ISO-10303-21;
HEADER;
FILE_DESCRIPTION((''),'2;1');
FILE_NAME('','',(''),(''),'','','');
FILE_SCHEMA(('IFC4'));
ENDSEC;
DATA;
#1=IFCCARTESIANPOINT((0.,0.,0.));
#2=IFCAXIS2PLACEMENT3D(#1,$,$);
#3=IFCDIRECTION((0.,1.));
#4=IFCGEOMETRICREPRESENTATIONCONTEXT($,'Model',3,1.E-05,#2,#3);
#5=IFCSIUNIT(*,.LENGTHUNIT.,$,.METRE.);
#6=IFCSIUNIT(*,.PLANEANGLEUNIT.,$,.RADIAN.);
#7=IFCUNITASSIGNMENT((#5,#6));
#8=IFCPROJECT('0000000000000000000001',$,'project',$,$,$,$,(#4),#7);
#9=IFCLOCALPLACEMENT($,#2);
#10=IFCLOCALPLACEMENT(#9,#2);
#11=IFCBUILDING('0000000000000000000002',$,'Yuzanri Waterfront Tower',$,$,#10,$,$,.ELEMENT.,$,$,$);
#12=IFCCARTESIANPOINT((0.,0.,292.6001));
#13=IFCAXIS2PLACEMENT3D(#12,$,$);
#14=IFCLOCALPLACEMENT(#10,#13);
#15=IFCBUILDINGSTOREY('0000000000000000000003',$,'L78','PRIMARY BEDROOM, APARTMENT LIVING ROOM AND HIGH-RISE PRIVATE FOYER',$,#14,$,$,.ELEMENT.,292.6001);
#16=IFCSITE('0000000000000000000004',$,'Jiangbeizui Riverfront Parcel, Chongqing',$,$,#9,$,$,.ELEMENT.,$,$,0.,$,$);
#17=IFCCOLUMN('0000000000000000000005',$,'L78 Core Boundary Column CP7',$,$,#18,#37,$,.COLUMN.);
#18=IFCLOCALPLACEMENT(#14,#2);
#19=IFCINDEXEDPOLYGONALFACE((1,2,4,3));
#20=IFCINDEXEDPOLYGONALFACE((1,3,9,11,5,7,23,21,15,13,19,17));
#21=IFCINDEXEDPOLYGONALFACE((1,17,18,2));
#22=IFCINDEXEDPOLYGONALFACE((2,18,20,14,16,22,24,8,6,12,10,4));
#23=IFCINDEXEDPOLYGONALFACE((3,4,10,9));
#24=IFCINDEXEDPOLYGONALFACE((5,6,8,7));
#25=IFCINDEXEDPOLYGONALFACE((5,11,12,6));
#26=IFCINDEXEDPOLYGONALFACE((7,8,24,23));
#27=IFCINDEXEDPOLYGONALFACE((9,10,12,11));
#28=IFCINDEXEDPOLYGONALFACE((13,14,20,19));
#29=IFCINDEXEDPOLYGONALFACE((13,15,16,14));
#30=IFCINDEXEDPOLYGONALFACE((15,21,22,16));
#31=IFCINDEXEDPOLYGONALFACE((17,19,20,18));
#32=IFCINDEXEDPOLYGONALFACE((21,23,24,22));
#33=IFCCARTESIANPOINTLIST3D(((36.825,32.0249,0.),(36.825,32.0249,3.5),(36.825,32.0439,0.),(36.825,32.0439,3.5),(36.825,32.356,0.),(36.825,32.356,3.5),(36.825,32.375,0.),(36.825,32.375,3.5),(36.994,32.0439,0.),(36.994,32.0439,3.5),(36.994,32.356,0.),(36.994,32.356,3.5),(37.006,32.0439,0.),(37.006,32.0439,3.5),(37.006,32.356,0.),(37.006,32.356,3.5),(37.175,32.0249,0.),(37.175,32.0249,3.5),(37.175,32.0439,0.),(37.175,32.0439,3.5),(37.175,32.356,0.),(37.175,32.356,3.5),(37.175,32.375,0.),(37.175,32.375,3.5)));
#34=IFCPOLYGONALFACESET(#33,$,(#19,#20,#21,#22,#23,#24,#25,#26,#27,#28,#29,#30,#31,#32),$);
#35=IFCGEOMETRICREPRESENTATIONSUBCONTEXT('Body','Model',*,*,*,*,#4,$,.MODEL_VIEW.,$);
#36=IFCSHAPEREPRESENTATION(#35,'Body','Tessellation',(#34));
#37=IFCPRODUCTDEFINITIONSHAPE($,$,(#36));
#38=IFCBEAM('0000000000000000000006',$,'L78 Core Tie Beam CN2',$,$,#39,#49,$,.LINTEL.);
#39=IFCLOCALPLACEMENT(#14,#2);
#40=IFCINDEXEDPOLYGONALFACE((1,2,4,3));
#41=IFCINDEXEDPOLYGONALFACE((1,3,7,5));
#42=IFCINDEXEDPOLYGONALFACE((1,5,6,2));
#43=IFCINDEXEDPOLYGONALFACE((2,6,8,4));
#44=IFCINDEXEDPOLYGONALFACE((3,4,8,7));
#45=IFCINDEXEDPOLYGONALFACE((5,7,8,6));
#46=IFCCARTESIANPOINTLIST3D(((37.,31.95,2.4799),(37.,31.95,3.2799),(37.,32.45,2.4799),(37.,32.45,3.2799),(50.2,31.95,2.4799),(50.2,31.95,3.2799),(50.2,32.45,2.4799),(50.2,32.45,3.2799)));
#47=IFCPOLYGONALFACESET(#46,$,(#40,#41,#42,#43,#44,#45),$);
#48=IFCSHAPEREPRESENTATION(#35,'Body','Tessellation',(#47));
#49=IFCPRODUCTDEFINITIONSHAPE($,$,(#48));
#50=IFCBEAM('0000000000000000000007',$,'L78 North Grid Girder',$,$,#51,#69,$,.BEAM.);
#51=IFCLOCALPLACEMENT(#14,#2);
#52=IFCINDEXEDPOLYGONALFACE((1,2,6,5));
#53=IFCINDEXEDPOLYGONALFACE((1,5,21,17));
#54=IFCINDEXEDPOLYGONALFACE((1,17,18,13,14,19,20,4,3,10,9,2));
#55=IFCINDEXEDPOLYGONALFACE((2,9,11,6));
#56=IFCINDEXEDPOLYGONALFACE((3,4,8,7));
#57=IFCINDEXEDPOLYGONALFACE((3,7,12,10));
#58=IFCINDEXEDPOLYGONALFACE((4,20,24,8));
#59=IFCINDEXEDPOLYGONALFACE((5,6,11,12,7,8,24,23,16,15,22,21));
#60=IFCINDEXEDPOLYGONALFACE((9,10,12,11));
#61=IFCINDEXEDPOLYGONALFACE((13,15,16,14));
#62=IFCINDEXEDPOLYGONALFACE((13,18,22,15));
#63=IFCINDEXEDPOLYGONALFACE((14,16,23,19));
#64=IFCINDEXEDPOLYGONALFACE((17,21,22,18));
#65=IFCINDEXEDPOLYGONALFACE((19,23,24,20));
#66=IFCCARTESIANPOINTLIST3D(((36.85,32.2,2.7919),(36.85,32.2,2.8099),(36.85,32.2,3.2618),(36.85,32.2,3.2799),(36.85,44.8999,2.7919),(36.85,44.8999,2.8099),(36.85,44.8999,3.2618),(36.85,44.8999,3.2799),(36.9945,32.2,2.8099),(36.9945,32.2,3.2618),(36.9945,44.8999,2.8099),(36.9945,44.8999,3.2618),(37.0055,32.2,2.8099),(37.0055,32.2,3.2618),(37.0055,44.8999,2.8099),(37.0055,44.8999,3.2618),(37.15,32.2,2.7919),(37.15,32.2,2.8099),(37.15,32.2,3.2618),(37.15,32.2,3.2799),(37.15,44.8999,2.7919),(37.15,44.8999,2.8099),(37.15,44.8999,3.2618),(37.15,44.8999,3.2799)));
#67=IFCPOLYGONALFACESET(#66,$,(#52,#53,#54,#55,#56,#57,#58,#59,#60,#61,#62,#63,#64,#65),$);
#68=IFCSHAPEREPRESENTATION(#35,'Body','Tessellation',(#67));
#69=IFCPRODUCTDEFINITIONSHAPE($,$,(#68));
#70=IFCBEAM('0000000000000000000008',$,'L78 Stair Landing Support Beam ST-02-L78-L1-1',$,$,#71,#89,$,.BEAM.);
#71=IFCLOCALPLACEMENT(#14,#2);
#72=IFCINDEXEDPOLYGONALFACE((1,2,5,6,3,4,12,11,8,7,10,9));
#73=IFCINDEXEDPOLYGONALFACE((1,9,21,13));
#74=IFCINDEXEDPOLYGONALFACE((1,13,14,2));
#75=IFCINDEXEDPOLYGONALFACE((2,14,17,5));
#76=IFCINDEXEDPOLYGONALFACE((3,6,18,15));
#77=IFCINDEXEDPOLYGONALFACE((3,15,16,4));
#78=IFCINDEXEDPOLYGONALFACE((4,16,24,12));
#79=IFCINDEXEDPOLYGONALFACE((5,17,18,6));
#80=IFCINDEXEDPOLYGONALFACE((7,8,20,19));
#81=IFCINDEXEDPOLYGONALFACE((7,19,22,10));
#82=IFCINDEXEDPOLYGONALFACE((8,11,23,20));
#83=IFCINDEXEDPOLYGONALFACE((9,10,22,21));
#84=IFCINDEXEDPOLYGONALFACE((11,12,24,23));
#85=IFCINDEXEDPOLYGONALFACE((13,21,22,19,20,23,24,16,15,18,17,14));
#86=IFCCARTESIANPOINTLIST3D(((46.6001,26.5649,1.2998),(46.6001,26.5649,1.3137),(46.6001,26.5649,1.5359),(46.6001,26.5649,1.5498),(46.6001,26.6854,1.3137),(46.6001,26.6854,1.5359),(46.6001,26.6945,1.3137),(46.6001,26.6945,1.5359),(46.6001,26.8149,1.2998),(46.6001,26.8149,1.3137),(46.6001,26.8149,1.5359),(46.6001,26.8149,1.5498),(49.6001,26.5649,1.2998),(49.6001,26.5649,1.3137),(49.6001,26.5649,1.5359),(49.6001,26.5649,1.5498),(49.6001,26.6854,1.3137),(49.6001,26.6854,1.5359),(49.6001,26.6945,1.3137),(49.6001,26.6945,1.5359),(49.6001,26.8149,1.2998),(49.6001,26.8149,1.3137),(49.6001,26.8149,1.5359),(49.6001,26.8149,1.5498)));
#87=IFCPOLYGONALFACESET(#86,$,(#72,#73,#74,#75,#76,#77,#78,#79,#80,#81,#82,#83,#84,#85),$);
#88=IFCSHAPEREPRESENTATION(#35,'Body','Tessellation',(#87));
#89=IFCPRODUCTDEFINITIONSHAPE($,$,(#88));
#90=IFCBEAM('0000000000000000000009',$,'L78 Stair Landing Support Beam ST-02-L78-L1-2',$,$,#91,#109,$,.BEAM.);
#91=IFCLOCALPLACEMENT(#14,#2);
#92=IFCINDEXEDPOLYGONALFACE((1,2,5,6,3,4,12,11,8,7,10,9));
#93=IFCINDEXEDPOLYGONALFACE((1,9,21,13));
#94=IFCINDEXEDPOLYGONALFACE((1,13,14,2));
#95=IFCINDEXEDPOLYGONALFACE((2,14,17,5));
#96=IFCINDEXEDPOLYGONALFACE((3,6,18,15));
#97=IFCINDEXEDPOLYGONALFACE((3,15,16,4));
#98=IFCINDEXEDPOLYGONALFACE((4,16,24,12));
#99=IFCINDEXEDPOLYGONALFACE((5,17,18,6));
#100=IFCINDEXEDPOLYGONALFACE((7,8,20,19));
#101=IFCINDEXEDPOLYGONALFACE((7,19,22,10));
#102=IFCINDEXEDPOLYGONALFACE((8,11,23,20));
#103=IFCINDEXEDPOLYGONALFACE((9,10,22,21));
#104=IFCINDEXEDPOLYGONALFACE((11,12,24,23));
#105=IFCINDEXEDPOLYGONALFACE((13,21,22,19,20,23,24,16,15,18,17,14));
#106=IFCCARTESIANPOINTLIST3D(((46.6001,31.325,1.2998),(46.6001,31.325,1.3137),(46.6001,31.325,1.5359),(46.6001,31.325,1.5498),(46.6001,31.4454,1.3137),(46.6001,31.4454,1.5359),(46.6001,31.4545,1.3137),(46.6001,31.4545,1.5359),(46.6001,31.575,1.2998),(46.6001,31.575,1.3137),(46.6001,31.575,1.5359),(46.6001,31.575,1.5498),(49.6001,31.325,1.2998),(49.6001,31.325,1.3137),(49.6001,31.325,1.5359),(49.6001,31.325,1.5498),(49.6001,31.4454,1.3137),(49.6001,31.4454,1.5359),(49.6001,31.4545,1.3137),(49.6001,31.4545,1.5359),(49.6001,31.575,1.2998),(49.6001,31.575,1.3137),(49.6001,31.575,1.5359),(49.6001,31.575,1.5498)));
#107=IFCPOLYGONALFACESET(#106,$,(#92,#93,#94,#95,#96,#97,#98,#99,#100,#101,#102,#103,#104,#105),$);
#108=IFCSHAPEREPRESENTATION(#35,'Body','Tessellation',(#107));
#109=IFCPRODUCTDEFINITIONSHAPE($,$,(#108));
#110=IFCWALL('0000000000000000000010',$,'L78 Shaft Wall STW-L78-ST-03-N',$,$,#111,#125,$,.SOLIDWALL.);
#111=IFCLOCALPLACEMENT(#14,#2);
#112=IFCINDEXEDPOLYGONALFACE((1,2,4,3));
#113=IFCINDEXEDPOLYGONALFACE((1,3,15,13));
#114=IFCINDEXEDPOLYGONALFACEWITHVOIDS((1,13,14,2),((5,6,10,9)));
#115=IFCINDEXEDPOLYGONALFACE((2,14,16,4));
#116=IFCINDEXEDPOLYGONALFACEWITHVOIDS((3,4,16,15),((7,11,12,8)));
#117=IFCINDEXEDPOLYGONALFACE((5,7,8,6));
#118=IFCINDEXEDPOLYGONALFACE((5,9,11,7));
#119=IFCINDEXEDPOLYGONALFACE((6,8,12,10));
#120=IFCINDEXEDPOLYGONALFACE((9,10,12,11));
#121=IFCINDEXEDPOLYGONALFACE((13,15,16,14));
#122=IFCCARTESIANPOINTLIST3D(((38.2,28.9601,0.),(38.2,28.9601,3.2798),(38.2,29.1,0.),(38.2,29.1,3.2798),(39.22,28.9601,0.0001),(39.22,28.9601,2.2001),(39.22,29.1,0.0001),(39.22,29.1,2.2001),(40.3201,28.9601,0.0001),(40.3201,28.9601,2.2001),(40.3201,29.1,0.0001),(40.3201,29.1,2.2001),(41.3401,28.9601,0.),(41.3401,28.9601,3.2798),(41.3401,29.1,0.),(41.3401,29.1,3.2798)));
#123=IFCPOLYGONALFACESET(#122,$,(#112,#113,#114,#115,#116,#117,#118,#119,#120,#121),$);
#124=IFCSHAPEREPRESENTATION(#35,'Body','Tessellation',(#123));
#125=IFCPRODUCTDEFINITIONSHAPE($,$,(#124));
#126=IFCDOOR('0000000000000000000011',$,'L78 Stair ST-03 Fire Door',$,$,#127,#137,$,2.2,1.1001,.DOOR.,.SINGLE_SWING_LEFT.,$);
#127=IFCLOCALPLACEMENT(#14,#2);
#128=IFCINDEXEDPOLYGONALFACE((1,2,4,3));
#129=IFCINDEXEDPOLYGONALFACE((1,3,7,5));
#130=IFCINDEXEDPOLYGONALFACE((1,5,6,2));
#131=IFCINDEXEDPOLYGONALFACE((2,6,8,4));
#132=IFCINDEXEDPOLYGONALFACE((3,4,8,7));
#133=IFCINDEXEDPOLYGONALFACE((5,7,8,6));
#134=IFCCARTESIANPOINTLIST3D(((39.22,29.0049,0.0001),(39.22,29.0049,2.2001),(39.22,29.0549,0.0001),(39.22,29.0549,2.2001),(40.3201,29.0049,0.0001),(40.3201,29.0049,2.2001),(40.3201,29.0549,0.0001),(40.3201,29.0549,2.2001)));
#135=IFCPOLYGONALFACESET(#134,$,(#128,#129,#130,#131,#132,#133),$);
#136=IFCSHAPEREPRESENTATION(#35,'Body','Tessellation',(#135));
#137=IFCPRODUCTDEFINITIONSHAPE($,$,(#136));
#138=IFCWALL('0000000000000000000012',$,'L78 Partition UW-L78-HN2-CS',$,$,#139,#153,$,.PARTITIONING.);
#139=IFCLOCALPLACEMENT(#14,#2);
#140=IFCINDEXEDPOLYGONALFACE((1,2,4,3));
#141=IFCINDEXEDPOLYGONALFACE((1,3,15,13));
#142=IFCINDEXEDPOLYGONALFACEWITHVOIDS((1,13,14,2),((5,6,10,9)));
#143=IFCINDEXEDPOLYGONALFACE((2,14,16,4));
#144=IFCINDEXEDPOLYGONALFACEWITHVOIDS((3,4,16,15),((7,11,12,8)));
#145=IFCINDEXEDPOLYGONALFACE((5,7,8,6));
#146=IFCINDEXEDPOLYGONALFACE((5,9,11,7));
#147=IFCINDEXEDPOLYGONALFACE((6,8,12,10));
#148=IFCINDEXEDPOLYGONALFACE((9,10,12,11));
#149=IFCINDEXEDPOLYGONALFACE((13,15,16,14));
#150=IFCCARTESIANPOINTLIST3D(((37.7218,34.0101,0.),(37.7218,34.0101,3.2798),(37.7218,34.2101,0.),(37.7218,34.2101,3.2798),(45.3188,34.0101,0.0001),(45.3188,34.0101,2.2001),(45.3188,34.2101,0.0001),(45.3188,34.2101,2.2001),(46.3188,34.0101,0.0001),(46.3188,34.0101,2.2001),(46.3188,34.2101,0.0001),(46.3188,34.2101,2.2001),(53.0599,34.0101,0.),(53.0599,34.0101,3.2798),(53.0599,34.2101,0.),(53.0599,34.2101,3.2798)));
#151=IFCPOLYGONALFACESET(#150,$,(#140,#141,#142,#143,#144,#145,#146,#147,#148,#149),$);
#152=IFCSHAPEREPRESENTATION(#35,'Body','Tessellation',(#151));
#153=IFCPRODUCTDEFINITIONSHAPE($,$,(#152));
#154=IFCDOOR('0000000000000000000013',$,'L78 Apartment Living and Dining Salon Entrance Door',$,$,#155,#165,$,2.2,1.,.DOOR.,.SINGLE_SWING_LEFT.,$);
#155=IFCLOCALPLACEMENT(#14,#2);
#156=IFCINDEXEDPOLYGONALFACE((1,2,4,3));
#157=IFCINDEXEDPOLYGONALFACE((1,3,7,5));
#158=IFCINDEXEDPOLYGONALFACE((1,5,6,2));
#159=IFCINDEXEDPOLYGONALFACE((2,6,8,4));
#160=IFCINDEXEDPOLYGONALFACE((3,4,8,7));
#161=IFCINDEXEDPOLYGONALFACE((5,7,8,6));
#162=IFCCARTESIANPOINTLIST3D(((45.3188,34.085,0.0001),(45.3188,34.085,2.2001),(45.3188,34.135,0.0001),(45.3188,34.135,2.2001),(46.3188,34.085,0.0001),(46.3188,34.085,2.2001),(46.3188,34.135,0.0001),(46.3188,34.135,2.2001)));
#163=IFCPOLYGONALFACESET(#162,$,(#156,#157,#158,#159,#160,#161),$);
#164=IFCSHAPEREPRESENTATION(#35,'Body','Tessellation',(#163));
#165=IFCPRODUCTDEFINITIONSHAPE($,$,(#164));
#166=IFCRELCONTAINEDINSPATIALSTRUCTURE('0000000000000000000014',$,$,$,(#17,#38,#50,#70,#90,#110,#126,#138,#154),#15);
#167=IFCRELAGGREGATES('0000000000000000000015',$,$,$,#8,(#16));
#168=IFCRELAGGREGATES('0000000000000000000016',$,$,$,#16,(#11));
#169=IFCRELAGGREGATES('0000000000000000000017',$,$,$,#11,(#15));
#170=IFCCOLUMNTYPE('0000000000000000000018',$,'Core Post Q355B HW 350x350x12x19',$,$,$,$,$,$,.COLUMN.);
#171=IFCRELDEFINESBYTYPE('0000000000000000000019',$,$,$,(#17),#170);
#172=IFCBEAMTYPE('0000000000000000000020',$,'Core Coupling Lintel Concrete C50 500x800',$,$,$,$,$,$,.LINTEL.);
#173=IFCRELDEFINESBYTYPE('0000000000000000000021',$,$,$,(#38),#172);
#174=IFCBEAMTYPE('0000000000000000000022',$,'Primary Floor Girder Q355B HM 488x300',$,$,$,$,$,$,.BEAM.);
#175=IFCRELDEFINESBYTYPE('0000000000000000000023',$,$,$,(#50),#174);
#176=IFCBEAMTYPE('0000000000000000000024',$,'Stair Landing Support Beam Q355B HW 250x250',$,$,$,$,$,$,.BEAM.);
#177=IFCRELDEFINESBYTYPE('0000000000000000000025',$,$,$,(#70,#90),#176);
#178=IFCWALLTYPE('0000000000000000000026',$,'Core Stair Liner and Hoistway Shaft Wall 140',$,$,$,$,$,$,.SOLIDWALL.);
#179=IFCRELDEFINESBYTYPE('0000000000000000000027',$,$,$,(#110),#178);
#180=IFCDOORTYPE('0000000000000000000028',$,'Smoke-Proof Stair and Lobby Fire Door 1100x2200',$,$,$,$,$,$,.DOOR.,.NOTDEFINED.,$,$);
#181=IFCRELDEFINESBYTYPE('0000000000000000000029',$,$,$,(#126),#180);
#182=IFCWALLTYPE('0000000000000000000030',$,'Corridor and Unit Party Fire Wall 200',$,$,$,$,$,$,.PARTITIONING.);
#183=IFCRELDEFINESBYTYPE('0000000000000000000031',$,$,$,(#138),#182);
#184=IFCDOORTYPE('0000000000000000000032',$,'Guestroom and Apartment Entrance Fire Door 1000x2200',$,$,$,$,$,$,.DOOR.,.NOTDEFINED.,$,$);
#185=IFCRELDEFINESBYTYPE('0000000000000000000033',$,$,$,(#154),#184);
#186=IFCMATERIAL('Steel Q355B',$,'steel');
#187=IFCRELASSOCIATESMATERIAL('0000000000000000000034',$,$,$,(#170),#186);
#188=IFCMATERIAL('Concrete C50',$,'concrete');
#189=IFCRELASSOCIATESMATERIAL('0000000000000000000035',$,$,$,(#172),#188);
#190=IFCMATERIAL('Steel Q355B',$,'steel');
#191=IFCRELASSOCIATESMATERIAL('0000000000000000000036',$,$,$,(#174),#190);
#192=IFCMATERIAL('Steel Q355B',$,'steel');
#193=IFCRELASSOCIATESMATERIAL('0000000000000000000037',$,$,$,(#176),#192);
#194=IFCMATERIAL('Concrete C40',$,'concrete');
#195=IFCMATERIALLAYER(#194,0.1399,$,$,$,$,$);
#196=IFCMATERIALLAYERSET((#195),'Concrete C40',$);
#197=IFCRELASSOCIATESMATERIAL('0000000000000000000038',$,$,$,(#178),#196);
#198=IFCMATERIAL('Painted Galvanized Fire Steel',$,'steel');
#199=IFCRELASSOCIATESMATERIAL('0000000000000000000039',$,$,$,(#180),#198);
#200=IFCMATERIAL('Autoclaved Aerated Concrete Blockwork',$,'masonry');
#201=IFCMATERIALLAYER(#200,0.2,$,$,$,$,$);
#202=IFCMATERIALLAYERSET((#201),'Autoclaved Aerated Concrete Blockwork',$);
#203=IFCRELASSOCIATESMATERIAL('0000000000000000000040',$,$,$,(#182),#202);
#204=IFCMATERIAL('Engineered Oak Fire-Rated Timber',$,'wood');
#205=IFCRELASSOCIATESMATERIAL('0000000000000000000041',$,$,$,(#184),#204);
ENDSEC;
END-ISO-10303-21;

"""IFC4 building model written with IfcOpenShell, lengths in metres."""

from ifc_helpers import new_model, si_unit, direction, frame, frame_2d, origin, origin_2d, place, context, subcontext, project, spatial, rectangle, i_section, extrude, source, transform, mapped, material, layer, layer_set, material_profile, profile_set, type_object, element, fill, save


model = new_model("IFC4")

# Units and contexts
model_context = context("Model", 3, precision=1e-05, world=origin(), true_north=direction((0.0, 1.0)))
body_context = subcontext(model_context, "Body", "Model", "MODEL_VIEW")
ifc_project = project(units=[si_unit("LENGTHUNIT", "METRE"), si_unit("PLANEANGLEUNIT", "RADIAN")], contexts=[model_context])

# Site, building, storey
site_placement = place(None, origin())
site = spatial("IfcSite", under=ifc_project, at=site_placement, Name="Jiangbeizui Riverfront Parcel, Chongqing", CompositionType="ELEMENT", RefElevation=0.0)
building_placement = place(site_placement, origin())
building = spatial("IfcBuilding", under=site, at=building_placement, Name="Yuzanri Waterfront Tower", CompositionType="ELEMENT")
storey_placement = place(building_placement, frame((0.0, 0.0, 292.6001)))
storey = spatial("IfcBuildingStorey", under=building, at=storey_placement, Name="L78", Description="PRIMARY BEDROOM, APARTMENT LIVING ROOM AND HIGH-RISE PRIVATE FOYER", CompositionType="ELEMENT", Elevation=292.6001)

# Column
ifc_material_1 = material(Name="Steel Q355B", Category="steel")
ifc_material_profile_1 = material_profile(ifc_material_1, i_section(OverallWidth=0.3501, OverallDepth=0.3501, WebThickness=0.012, FlangeThickness=0.019, at=origin_2d()), Name="HW 350x350x12x19")
ifc_profile_set_1 = profile_set([ifc_material_profile_1], Name="Steel Q355B")
column_type = type_object("IfcColumnType", Name="Core Post Q355B HW 350x350x12x19", PredefinedType="COLUMN", material=ifc_profile_set_1)
shared_shape_1 = source(origin(), body_context, "Body", "SweptSolid", [
    extrude(i_section(OverallWidth=0.3501, OverallDepth=0.3501, WebThickness=0.012, FlangeThickness=0.019, at=origin_2d()), origin(), (0.0, 0.0, 1.0), 3.5),
])
column_placement = place(storey_placement, frame((37.0, 32.2, 0.0), z_axis=(0.0, 0.0, 1.0), x_axis=(1.0, 0.0, 0.0)))
element("IfcColumn", 1, at=column_placement, inside=storey, type_object=column_type, Name="L78 Core Boundary Column CP7", PredefinedType="COLUMN", context=body_context, shape_type="MappedRepresentation", body=[
    mapped(shared_shape_1, transform((0.0, 0.0, 0.0), scale=1.0)),
])

# Beams
ifc_material_2 = material(Name="Concrete C50", Category="concrete")
ifc_material_profile_2 = material_profile(ifc_material_2, rectangle(XDim=0.5, YDim=0.8, at=origin_2d()), Name="RC 500x800")
ifc_profile_set_2 = profile_set([ifc_material_profile_2], Name="Concrete C50")
beam_type_1 = type_object("IfcBeamType", Name="Core Coupling Lintel Concrete C50 500x800", PredefinedType="LINTEL", material=ifc_profile_set_2)
shared_shape_2 = source(origin(), body_context, "Body", "SweptSolid", [
    extrude(rectangle(XDim=0.5, YDim=0.8, at=origin_2d()), origin(), (0.0, 0.0, 1.0), 13.2),
])
beam_1_placement = place(storey_placement, frame((37.0, 32.2, 2.8799), z_axis=(1.0, 0.0, 0.0), x_axis=(0.0, 1.0, 0.0)))
element("IfcBeam", 2, at=beam_1_placement, inside=storey, type_object=beam_type_1, Name="L78 Core Tie Beam CN2", PredefinedType="LINTEL", context=body_context, shape_type="MappedRepresentation", body=[
    mapped(shared_shape_2, transform((0.0, 0.0, 0.0), scale=1.0)),
])
ifc_material_3 = material(Name="Steel Q355B", Category="steel")
ifc_material_profile_3 = material_profile(ifc_material_3, i_section(OverallWidth=0.3, OverallDepth=0.488, WebThickness=0.011, FlangeThickness=0.0181, at=origin_2d()), Name="HM 488x300x11x18")
ifc_profile_set_3 = profile_set([ifc_material_profile_3], Name="Steel Q355B")
beam_type_2 = type_object("IfcBeamType", Name="Primary Floor Girder Q355B HM 488x300", PredefinedType="BEAM", material=ifc_profile_set_3)
shared_shape_3 = source(origin(), body_context, "Body", "SweptSolid", [
    extrude(i_section(OverallWidth=0.3, OverallDepth=0.488, WebThickness=0.011, FlangeThickness=0.0181, at=origin_2d()), origin(), (0.0, 0.0, 1.0), 12.7),
])
beam_2_placement = place(storey_placement, frame((37.0, 32.2, 3.0359), z_axis=(0.0, 1.0, 0.0), x_axis=(-1.0, 0.0, 0.0)))
element("IfcBeam", 3, at=beam_2_placement, inside=storey, type_object=beam_type_2, Name="L78 North Grid Girder", PredefinedType="BEAM", context=body_context, shape_type="MappedRepresentation", body=[
    mapped(shared_shape_3, transform((0.0, 0.0, 0.0), scale=1.0)),
])
ifc_material_4 = material(Name="Steel Q355B", Category="steel")
ifc_material_profile_4 = material_profile(ifc_material_4, i_section(OverallWidth=0.25, OverallDepth=0.25, WebThickness=0.009, FlangeThickness=0.0139, at=origin_2d()), Name="HW 250x250x9x14")
ifc_profile_set_4 = profile_set([ifc_material_profile_4], Name="Steel Q355B")
beam_type_3 = type_object("IfcBeamType", Name="Stair Landing Support Beam Q355B HW 250x250", PredefinedType="BEAM", material=ifc_profile_set_4)
shared_shape_4 = source(origin(), body_context, "Body", "SweptSolid", [
    extrude(i_section(OverallWidth=0.25, OverallDepth=0.25, WebThickness=0.009, FlangeThickness=0.0139, at=origin_2d()), origin(), (0.0, 0.0, 1.0), 3.0),
])
for number, where, z_axis, x_axis, name in (
    (4, (46.6001, 26.6899, 1.4248), (1.0, 0.0, 0.0), (0.0, 1.0, 0.0), "L78 Stair Landing Support Beam ST-02-L78-L1-1"),
    (5, (46.6001, 31.45, 1.4248), (1.0, 0.0, 0.0), (0.0, 1.0, 0.0), "L78 Stair Landing Support Beam ST-02-L78-L1-2"),
):
    element("IfcBeam", number, at=place(storey_placement, frame(where, z_axis=z_axis, x_axis=x_axis)), inside=storey, type_object=beam_type_3, Name=name, PredefinedType="BEAM", context=body_context, shape_type="MappedRepresentation", body=[
        mapped(shared_shape_4, transform((0.0, 0.0, 0.0), scale=1.0)),
    ])

# Walls, openings, doors
ifc_material_5 = material(Name="Concrete C40", Category="concrete")
ifc_layer_1 = layer(ifc_material_5, 0.1399)
ifc_layer_set_1 = layer_set([ifc_layer_1], Name="Concrete C40")
wall_type_1 = type_object("IfcWallType", Name="Core Stair Liner and Hoistway Shaft Wall 140", PredefinedType="SOLIDWALL", material=ifc_layer_set_1)
wall_1_placement = place(storey_placement, frame((38.2, 29.03, 0.0), z_axis=(0.0, 0.0, 1.0), x_axis=(1.0, 0.0, 0.0)))
wall_1 = element("IfcWall", 6, at=wall_1_placement, inside=storey, type_object=wall_type_1, Name="L78 Shaft Wall STW-L78-ST-03-N", PredefinedType="SOLIDWALL", context=body_context, shape_type="SweptSolid", body=[
    extrude(rectangle(XDim=3.1401, YDim=0.1399, at=frame_2d((1.5701, 0.0))), origin(), (0.0, 0.0, 1.0), 3.2798),
])
opening_1_placement = place(wall_1_placement, frame((1.02, 0.0, 0.0)))
opening_1 = element("IfcOpeningElement", 7, at=opening_1_placement, cuts=wall_1, PredefinedType="OPENING", context=body_context, shape_type="SweptSolid", body=[
    extrude(rectangle(XDim=1.1001, YDim=2.2, at=frame_2d((0.55, 1.1001))), frame((0.0, 0.085, 0.0), z_axis=(0.0, -1.0, 0.0), x_axis=(1.0, 0.0, 0.0)), (0.0, 0.0, 1.0), 0.1697),
])
ifc_material_6 = material(Name="Painted Galvanized Fire Steel", Category="steel")
door_type_1 = type_object("IfcDoorType", Name="Smoke-Proof Stair and Lobby Fire Door 1100x2200", OperationType="NOTDEFINED", PredefinedType="DOOR", material=ifc_material_6)
shared_shape_5 = source(origin(), body_context, "Body", "SweptSolid", [
    extrude(rectangle(XDim=1.1001, YDim=2.2, at=frame_2d((0.55, 1.1001))), frame((0.0, 0.0249, 0.0), z_axis=(0.0, -1.0, 0.0), x_axis=(1.0, 0.0, 0.0)), (0.0, 0.0, 1.0), 0.05),
])
door_1_placement = place(opening_1_placement, origin())
door_1 = element("IfcDoor", 8, at=door_1_placement, inside=storey, type_object=door_type_1, Name="L78 Stair ST-03 Fire Door", OperationType="SINGLE_SWING_LEFT", OverallHeight=2.2, OverallWidth=1.1001, PredefinedType="DOOR", context=body_context, shape_type="MappedRepresentation", body=[
    mapped(shared_shape_5, transform((0.0, 0.0, 0.0), scale=1.0)),
])
fill(opening_1, door_1)
ifc_material_7 = material(Name="Autoclaved Aerated Concrete Blockwork", Category="masonry")
ifc_layer_2 = layer(ifc_material_7, 0.2)
ifc_layer_set_2 = layer_set([ifc_layer_2], Name="Autoclaved Aerated Concrete Blockwork")
wall_type_2 = type_object("IfcWallType", Name="Corridor and Unit Party Fire Wall 200", PredefinedType="PARTITIONING", material=ifc_layer_set_2)
wall_2_placement = place(storey_placement, frame((37.7219, 34.1101, 0.0), z_axis=(0.0, 0.0, 1.0), x_axis=(1.0, 0.0, 0.0)))
wall_2 = element("IfcWall", 9, at=wall_2_placement, inside=storey, type_object=wall_type_2, Name="L78 Partition UW-L78-HN2-CS", PredefinedType="PARTITIONING", context=body_context, shape_type="SweptSolid", body=[
    extrude(rectangle(XDim=15.3381, YDim=0.2, at=frame_2d((7.6689, 0.0))), origin(), (0.0, 0.0, 1.0), 3.2798),
])
opening_2_placement = place(wall_2_placement, frame((7.5969, 0.0, 0.0)))
opening_2 = element("IfcOpeningElement", 10, at=opening_2_placement, cuts=wall_2, PredefinedType="OPENING", context=body_context, shape_type="SweptSolid", body=[
    extrude(rectangle(XDim=1.0, YDim=2.2, at=frame_2d((0.5, 1.1001))), frame((0.0, 0.1147, 0.0), z_axis=(0.0, -1.0, 0.0), x_axis=(1.0, 0.0, 0.0)), (0.0, 0.0, 1.0), 0.2297),
])
ifc_material_8 = material(Name="Engineered Oak Fire-Rated Timber", Category="wood")
door_type_2 = type_object("IfcDoorType", Name="Guestroom and Apartment Entrance Fire Door 1000x2200", OperationType="NOTDEFINED", PredefinedType="DOOR", material=ifc_material_8)
shared_shape_6 = source(origin(), body_context, "Body", "SweptSolid", [
    extrude(rectangle(XDim=1.0, YDim=2.2, at=frame_2d((0.5, 1.1001))), frame((0.0, 0.0249, 0.0), z_axis=(0.0, -1.0, 0.0), x_axis=(1.0, 0.0, 0.0)), (0.0, 0.0, 1.0), 0.05),
])
door_2_placement = place(opening_2_placement, origin())
door_2 = element("IfcDoor", 11, at=door_2_placement, inside=storey, type_object=door_type_2, Name="L78 Apartment Living and Dining Salon Entrance Door", OperationType="SINGLE_SWING_LEFT", OverallHeight=2.2, OverallWidth=1.0, PredefinedType="DOOR", context=body_context, shape_type="MappedRepresentation", body=[
    mapped(shared_shape_6, transform((0.0, 0.0, 0.0), scale=1.0)),
])
fill(opening_2, door_2)

save(model, "model.ifc")
